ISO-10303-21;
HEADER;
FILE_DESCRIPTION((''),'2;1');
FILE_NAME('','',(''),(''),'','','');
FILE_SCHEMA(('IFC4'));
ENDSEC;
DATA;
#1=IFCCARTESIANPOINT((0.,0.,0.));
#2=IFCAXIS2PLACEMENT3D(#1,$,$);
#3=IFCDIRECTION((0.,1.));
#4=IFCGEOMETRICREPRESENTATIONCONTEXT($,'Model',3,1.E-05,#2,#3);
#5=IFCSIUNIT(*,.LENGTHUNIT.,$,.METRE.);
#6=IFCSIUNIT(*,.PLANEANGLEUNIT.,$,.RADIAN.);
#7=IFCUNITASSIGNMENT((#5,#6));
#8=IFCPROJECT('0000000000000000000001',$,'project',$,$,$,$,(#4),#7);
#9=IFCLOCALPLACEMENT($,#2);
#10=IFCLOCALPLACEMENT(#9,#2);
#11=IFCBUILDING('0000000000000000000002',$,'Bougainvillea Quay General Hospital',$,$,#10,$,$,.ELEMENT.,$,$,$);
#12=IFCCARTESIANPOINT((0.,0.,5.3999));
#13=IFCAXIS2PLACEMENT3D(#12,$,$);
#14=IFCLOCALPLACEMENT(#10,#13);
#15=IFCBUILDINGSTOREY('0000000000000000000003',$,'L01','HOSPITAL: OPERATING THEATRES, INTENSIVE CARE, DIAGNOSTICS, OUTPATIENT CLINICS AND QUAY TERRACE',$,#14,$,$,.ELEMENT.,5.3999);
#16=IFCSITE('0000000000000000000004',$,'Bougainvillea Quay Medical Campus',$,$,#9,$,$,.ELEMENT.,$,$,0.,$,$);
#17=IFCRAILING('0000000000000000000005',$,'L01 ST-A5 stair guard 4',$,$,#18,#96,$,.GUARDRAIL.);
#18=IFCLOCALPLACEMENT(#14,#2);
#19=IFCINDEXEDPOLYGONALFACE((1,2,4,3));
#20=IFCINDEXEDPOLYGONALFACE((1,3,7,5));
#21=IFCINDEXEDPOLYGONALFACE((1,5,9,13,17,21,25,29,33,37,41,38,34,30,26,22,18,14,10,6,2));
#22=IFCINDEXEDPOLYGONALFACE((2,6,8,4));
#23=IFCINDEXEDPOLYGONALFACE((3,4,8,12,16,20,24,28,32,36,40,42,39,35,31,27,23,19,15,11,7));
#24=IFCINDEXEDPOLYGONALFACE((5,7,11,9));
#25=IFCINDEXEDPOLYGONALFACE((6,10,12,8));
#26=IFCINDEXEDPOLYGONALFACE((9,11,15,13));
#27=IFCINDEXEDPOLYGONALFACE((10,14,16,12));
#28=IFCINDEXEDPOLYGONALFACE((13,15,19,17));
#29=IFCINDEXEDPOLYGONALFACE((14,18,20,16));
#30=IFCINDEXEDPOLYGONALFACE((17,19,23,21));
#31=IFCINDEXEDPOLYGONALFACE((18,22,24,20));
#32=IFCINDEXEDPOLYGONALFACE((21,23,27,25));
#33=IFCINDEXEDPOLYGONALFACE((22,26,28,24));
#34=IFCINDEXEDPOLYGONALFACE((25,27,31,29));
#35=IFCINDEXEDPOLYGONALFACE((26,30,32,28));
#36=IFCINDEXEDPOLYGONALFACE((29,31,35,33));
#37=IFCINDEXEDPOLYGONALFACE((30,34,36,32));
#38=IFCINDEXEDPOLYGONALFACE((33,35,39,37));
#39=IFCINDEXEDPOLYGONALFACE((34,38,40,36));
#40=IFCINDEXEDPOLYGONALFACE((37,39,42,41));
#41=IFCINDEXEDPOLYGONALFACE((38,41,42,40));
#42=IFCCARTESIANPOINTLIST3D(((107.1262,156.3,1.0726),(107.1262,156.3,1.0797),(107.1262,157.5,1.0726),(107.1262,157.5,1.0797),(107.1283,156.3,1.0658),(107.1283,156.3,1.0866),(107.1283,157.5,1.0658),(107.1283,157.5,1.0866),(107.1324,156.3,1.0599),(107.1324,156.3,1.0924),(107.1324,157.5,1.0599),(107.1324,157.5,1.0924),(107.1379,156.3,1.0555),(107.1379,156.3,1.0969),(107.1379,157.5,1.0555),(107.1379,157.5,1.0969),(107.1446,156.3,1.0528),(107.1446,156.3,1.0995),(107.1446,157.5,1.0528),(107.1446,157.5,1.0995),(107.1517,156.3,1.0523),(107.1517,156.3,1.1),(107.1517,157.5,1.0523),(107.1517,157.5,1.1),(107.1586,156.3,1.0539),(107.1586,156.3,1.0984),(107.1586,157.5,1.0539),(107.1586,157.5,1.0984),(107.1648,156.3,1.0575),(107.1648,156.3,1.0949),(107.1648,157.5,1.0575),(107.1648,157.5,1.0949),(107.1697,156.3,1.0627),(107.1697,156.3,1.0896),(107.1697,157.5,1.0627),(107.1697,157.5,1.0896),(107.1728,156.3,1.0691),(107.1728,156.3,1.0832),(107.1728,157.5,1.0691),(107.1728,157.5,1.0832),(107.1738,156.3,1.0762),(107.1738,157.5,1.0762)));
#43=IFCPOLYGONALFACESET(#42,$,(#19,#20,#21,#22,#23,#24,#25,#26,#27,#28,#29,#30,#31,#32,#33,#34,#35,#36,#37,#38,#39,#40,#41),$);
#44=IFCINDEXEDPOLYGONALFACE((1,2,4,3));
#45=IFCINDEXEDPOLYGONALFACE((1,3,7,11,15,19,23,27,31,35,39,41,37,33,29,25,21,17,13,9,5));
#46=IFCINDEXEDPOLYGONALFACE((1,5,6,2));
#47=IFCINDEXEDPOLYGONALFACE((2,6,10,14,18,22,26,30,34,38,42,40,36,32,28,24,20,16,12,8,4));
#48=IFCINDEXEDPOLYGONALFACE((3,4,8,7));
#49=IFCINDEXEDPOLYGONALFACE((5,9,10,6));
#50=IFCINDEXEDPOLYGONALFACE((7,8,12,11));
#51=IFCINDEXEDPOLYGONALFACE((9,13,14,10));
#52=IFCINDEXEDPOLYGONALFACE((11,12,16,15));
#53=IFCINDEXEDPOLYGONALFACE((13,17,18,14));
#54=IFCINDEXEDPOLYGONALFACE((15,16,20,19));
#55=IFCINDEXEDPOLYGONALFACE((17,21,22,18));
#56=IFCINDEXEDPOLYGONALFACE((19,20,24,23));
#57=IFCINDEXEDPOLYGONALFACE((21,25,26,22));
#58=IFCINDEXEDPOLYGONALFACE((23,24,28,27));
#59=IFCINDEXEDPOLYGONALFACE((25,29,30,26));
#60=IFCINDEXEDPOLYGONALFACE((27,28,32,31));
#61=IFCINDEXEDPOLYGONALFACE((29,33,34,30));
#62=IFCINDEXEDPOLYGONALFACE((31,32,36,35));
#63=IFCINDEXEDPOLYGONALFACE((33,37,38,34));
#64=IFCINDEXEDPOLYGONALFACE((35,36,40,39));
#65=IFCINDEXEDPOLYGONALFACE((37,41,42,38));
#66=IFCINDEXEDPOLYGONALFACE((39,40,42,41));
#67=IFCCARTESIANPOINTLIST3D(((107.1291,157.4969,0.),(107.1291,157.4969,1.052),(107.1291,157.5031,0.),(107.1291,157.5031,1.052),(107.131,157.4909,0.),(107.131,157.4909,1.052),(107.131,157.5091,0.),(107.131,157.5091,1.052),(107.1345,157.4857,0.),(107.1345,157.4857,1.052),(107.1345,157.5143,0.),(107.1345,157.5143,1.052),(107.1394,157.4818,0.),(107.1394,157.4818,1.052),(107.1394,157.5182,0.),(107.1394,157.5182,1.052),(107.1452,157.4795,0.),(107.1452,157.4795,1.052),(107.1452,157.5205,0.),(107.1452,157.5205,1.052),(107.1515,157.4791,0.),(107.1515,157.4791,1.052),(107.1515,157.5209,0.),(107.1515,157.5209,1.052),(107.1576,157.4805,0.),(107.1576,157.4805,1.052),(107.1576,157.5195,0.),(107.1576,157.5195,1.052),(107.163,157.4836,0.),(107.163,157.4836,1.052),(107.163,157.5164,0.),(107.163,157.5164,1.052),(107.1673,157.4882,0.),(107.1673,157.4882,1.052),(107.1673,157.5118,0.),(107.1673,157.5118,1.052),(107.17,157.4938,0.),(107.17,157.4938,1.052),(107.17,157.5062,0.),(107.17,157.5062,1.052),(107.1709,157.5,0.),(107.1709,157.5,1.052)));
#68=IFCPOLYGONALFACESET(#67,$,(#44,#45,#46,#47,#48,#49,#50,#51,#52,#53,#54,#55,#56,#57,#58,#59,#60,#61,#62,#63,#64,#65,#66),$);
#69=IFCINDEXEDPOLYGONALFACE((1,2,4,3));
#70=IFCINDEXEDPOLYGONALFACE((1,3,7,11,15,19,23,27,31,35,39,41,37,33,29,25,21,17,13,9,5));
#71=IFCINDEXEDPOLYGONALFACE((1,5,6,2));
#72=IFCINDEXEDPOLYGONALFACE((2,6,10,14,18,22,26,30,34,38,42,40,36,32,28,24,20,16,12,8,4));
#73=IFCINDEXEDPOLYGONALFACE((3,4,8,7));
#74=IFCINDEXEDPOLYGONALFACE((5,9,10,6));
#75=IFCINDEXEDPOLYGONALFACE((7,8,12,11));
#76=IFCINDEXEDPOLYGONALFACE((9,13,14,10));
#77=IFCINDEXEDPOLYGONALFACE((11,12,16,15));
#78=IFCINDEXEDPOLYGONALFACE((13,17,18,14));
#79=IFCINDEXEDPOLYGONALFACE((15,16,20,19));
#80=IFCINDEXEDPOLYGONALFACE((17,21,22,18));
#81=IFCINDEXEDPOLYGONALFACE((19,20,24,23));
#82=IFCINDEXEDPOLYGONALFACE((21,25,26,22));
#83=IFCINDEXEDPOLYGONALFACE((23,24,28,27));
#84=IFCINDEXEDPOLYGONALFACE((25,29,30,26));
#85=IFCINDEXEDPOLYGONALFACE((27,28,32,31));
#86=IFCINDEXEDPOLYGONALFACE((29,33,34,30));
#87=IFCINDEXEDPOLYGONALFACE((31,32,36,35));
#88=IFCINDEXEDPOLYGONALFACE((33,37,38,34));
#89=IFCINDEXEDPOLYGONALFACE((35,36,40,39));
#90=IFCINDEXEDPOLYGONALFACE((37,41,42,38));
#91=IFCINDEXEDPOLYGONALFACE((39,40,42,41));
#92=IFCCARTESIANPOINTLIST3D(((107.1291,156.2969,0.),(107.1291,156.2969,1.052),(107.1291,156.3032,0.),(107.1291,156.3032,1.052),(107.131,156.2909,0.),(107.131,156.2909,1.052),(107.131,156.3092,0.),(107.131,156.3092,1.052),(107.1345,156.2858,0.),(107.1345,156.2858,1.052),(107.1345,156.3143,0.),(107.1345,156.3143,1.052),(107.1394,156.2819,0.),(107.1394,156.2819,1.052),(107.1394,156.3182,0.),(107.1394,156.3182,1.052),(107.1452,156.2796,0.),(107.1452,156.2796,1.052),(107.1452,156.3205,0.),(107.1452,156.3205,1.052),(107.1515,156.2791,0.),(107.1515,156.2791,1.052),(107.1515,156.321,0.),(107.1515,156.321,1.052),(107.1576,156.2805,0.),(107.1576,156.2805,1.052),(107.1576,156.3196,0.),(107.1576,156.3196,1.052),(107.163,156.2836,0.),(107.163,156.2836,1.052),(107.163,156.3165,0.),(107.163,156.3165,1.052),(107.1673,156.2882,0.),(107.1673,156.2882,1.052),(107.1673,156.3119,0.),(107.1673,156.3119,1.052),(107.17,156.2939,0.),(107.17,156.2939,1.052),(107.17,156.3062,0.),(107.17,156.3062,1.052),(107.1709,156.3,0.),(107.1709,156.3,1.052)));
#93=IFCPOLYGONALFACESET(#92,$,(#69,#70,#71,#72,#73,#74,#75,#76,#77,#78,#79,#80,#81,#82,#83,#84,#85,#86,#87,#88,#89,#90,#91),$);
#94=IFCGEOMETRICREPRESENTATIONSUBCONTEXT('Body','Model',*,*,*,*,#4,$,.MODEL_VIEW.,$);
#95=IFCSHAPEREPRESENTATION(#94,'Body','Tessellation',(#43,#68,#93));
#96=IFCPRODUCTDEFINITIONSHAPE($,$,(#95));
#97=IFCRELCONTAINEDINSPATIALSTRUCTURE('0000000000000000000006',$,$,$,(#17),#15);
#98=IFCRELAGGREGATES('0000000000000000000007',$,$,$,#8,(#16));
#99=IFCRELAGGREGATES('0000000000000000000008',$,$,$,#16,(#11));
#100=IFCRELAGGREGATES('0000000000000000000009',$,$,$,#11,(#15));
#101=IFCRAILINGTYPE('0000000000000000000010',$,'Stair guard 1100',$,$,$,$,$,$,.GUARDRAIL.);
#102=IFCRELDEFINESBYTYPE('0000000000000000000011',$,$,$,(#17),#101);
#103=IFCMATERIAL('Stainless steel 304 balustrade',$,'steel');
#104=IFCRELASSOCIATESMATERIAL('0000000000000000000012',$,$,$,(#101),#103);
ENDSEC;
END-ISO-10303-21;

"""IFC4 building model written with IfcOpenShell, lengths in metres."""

from ifc_helpers import new_model, si_unit, direction, frame, origin, origin_2d, place, context, subcontext, project, spatial, circle, extrude, material, type_object, element, save


model = new_model("IFC4")

# Units and contexts
model_context = context("Model", 3, precision=1e-05, world=origin(), true_north=direction((0.0, 1.0)))
body_context = subcontext(model_context, "Body", "Model", "MODEL_VIEW")
ifc_project = project(units=[si_unit("LENGTHUNIT", "METRE"), si_unit("PLANEANGLEUNIT", "RADIAN")], contexts=[model_context])

# Site, building, storey
site_placement = place(None, origin())
site = spatial("IfcSite", under=ifc_project, at=site_placement, Name="Bougainvillea Quay Medical Campus", CompositionType="ELEMENT", RefElevation=0.0)
building_placement = place(site_placement, origin())
building = spatial("IfcBuilding", under=site, at=building_placement, Name="Bougainvillea Quay General Hospital", CompositionType="ELEMENT")
storey_placement = place(building_placement, frame((0.0, 0.0, 5.3999)))
storey = spatial("IfcBuildingStorey", under=building, at=storey_placement, Name="L01", Description="HOSPITAL: OPERATING THEATRES, INTENSIVE CARE, DIAGNOSTICS, OUTPATIENT CLINICS AND QUAY TERRACE", CompositionType="ELEMENT", Elevation=5.3999)

# Railing
ifc_material_1 = material(Name="Stainless steel 304 balustrade", Category="steel")
railing_type_1 = type_object("IfcRailingType", Name="Stair guard 1100", PredefinedType="GUARDRAIL", material=ifc_material_1)
railing_1_placement = place(storey_placement, frame((107.1499, 157.5, 0.0)))
element("IfcRailing", 1, at=railing_1_placement, inside=storey, type_object=railing_type_1, Name="L01 ST-A5 stair guard 4", PredefinedType="GUARDRAIL", context=body_context, shape_type="SweptSolid", body=[
    extrude(circle(Radius=0.0239, at=origin_2d()), frame((0.0, 0.0, 1.0762), z_axis=(0.0, -1.0, 0.0), x_axis=(1.0, 0.0, 0.0)), (0.0, 0.0, 1.0), 1.2),
    extrude(circle(Radius=0.021, at=origin_2d()), origin(), (0.0, 0.0, 1.0), 1.052),
    extrude(circle(Radius=0.021, at=origin_2d()), frame((0.0, -1.2, 0.0)), (0.0, 0.0, 1.0), 1.052),
])

save(model, "model.ifc")
